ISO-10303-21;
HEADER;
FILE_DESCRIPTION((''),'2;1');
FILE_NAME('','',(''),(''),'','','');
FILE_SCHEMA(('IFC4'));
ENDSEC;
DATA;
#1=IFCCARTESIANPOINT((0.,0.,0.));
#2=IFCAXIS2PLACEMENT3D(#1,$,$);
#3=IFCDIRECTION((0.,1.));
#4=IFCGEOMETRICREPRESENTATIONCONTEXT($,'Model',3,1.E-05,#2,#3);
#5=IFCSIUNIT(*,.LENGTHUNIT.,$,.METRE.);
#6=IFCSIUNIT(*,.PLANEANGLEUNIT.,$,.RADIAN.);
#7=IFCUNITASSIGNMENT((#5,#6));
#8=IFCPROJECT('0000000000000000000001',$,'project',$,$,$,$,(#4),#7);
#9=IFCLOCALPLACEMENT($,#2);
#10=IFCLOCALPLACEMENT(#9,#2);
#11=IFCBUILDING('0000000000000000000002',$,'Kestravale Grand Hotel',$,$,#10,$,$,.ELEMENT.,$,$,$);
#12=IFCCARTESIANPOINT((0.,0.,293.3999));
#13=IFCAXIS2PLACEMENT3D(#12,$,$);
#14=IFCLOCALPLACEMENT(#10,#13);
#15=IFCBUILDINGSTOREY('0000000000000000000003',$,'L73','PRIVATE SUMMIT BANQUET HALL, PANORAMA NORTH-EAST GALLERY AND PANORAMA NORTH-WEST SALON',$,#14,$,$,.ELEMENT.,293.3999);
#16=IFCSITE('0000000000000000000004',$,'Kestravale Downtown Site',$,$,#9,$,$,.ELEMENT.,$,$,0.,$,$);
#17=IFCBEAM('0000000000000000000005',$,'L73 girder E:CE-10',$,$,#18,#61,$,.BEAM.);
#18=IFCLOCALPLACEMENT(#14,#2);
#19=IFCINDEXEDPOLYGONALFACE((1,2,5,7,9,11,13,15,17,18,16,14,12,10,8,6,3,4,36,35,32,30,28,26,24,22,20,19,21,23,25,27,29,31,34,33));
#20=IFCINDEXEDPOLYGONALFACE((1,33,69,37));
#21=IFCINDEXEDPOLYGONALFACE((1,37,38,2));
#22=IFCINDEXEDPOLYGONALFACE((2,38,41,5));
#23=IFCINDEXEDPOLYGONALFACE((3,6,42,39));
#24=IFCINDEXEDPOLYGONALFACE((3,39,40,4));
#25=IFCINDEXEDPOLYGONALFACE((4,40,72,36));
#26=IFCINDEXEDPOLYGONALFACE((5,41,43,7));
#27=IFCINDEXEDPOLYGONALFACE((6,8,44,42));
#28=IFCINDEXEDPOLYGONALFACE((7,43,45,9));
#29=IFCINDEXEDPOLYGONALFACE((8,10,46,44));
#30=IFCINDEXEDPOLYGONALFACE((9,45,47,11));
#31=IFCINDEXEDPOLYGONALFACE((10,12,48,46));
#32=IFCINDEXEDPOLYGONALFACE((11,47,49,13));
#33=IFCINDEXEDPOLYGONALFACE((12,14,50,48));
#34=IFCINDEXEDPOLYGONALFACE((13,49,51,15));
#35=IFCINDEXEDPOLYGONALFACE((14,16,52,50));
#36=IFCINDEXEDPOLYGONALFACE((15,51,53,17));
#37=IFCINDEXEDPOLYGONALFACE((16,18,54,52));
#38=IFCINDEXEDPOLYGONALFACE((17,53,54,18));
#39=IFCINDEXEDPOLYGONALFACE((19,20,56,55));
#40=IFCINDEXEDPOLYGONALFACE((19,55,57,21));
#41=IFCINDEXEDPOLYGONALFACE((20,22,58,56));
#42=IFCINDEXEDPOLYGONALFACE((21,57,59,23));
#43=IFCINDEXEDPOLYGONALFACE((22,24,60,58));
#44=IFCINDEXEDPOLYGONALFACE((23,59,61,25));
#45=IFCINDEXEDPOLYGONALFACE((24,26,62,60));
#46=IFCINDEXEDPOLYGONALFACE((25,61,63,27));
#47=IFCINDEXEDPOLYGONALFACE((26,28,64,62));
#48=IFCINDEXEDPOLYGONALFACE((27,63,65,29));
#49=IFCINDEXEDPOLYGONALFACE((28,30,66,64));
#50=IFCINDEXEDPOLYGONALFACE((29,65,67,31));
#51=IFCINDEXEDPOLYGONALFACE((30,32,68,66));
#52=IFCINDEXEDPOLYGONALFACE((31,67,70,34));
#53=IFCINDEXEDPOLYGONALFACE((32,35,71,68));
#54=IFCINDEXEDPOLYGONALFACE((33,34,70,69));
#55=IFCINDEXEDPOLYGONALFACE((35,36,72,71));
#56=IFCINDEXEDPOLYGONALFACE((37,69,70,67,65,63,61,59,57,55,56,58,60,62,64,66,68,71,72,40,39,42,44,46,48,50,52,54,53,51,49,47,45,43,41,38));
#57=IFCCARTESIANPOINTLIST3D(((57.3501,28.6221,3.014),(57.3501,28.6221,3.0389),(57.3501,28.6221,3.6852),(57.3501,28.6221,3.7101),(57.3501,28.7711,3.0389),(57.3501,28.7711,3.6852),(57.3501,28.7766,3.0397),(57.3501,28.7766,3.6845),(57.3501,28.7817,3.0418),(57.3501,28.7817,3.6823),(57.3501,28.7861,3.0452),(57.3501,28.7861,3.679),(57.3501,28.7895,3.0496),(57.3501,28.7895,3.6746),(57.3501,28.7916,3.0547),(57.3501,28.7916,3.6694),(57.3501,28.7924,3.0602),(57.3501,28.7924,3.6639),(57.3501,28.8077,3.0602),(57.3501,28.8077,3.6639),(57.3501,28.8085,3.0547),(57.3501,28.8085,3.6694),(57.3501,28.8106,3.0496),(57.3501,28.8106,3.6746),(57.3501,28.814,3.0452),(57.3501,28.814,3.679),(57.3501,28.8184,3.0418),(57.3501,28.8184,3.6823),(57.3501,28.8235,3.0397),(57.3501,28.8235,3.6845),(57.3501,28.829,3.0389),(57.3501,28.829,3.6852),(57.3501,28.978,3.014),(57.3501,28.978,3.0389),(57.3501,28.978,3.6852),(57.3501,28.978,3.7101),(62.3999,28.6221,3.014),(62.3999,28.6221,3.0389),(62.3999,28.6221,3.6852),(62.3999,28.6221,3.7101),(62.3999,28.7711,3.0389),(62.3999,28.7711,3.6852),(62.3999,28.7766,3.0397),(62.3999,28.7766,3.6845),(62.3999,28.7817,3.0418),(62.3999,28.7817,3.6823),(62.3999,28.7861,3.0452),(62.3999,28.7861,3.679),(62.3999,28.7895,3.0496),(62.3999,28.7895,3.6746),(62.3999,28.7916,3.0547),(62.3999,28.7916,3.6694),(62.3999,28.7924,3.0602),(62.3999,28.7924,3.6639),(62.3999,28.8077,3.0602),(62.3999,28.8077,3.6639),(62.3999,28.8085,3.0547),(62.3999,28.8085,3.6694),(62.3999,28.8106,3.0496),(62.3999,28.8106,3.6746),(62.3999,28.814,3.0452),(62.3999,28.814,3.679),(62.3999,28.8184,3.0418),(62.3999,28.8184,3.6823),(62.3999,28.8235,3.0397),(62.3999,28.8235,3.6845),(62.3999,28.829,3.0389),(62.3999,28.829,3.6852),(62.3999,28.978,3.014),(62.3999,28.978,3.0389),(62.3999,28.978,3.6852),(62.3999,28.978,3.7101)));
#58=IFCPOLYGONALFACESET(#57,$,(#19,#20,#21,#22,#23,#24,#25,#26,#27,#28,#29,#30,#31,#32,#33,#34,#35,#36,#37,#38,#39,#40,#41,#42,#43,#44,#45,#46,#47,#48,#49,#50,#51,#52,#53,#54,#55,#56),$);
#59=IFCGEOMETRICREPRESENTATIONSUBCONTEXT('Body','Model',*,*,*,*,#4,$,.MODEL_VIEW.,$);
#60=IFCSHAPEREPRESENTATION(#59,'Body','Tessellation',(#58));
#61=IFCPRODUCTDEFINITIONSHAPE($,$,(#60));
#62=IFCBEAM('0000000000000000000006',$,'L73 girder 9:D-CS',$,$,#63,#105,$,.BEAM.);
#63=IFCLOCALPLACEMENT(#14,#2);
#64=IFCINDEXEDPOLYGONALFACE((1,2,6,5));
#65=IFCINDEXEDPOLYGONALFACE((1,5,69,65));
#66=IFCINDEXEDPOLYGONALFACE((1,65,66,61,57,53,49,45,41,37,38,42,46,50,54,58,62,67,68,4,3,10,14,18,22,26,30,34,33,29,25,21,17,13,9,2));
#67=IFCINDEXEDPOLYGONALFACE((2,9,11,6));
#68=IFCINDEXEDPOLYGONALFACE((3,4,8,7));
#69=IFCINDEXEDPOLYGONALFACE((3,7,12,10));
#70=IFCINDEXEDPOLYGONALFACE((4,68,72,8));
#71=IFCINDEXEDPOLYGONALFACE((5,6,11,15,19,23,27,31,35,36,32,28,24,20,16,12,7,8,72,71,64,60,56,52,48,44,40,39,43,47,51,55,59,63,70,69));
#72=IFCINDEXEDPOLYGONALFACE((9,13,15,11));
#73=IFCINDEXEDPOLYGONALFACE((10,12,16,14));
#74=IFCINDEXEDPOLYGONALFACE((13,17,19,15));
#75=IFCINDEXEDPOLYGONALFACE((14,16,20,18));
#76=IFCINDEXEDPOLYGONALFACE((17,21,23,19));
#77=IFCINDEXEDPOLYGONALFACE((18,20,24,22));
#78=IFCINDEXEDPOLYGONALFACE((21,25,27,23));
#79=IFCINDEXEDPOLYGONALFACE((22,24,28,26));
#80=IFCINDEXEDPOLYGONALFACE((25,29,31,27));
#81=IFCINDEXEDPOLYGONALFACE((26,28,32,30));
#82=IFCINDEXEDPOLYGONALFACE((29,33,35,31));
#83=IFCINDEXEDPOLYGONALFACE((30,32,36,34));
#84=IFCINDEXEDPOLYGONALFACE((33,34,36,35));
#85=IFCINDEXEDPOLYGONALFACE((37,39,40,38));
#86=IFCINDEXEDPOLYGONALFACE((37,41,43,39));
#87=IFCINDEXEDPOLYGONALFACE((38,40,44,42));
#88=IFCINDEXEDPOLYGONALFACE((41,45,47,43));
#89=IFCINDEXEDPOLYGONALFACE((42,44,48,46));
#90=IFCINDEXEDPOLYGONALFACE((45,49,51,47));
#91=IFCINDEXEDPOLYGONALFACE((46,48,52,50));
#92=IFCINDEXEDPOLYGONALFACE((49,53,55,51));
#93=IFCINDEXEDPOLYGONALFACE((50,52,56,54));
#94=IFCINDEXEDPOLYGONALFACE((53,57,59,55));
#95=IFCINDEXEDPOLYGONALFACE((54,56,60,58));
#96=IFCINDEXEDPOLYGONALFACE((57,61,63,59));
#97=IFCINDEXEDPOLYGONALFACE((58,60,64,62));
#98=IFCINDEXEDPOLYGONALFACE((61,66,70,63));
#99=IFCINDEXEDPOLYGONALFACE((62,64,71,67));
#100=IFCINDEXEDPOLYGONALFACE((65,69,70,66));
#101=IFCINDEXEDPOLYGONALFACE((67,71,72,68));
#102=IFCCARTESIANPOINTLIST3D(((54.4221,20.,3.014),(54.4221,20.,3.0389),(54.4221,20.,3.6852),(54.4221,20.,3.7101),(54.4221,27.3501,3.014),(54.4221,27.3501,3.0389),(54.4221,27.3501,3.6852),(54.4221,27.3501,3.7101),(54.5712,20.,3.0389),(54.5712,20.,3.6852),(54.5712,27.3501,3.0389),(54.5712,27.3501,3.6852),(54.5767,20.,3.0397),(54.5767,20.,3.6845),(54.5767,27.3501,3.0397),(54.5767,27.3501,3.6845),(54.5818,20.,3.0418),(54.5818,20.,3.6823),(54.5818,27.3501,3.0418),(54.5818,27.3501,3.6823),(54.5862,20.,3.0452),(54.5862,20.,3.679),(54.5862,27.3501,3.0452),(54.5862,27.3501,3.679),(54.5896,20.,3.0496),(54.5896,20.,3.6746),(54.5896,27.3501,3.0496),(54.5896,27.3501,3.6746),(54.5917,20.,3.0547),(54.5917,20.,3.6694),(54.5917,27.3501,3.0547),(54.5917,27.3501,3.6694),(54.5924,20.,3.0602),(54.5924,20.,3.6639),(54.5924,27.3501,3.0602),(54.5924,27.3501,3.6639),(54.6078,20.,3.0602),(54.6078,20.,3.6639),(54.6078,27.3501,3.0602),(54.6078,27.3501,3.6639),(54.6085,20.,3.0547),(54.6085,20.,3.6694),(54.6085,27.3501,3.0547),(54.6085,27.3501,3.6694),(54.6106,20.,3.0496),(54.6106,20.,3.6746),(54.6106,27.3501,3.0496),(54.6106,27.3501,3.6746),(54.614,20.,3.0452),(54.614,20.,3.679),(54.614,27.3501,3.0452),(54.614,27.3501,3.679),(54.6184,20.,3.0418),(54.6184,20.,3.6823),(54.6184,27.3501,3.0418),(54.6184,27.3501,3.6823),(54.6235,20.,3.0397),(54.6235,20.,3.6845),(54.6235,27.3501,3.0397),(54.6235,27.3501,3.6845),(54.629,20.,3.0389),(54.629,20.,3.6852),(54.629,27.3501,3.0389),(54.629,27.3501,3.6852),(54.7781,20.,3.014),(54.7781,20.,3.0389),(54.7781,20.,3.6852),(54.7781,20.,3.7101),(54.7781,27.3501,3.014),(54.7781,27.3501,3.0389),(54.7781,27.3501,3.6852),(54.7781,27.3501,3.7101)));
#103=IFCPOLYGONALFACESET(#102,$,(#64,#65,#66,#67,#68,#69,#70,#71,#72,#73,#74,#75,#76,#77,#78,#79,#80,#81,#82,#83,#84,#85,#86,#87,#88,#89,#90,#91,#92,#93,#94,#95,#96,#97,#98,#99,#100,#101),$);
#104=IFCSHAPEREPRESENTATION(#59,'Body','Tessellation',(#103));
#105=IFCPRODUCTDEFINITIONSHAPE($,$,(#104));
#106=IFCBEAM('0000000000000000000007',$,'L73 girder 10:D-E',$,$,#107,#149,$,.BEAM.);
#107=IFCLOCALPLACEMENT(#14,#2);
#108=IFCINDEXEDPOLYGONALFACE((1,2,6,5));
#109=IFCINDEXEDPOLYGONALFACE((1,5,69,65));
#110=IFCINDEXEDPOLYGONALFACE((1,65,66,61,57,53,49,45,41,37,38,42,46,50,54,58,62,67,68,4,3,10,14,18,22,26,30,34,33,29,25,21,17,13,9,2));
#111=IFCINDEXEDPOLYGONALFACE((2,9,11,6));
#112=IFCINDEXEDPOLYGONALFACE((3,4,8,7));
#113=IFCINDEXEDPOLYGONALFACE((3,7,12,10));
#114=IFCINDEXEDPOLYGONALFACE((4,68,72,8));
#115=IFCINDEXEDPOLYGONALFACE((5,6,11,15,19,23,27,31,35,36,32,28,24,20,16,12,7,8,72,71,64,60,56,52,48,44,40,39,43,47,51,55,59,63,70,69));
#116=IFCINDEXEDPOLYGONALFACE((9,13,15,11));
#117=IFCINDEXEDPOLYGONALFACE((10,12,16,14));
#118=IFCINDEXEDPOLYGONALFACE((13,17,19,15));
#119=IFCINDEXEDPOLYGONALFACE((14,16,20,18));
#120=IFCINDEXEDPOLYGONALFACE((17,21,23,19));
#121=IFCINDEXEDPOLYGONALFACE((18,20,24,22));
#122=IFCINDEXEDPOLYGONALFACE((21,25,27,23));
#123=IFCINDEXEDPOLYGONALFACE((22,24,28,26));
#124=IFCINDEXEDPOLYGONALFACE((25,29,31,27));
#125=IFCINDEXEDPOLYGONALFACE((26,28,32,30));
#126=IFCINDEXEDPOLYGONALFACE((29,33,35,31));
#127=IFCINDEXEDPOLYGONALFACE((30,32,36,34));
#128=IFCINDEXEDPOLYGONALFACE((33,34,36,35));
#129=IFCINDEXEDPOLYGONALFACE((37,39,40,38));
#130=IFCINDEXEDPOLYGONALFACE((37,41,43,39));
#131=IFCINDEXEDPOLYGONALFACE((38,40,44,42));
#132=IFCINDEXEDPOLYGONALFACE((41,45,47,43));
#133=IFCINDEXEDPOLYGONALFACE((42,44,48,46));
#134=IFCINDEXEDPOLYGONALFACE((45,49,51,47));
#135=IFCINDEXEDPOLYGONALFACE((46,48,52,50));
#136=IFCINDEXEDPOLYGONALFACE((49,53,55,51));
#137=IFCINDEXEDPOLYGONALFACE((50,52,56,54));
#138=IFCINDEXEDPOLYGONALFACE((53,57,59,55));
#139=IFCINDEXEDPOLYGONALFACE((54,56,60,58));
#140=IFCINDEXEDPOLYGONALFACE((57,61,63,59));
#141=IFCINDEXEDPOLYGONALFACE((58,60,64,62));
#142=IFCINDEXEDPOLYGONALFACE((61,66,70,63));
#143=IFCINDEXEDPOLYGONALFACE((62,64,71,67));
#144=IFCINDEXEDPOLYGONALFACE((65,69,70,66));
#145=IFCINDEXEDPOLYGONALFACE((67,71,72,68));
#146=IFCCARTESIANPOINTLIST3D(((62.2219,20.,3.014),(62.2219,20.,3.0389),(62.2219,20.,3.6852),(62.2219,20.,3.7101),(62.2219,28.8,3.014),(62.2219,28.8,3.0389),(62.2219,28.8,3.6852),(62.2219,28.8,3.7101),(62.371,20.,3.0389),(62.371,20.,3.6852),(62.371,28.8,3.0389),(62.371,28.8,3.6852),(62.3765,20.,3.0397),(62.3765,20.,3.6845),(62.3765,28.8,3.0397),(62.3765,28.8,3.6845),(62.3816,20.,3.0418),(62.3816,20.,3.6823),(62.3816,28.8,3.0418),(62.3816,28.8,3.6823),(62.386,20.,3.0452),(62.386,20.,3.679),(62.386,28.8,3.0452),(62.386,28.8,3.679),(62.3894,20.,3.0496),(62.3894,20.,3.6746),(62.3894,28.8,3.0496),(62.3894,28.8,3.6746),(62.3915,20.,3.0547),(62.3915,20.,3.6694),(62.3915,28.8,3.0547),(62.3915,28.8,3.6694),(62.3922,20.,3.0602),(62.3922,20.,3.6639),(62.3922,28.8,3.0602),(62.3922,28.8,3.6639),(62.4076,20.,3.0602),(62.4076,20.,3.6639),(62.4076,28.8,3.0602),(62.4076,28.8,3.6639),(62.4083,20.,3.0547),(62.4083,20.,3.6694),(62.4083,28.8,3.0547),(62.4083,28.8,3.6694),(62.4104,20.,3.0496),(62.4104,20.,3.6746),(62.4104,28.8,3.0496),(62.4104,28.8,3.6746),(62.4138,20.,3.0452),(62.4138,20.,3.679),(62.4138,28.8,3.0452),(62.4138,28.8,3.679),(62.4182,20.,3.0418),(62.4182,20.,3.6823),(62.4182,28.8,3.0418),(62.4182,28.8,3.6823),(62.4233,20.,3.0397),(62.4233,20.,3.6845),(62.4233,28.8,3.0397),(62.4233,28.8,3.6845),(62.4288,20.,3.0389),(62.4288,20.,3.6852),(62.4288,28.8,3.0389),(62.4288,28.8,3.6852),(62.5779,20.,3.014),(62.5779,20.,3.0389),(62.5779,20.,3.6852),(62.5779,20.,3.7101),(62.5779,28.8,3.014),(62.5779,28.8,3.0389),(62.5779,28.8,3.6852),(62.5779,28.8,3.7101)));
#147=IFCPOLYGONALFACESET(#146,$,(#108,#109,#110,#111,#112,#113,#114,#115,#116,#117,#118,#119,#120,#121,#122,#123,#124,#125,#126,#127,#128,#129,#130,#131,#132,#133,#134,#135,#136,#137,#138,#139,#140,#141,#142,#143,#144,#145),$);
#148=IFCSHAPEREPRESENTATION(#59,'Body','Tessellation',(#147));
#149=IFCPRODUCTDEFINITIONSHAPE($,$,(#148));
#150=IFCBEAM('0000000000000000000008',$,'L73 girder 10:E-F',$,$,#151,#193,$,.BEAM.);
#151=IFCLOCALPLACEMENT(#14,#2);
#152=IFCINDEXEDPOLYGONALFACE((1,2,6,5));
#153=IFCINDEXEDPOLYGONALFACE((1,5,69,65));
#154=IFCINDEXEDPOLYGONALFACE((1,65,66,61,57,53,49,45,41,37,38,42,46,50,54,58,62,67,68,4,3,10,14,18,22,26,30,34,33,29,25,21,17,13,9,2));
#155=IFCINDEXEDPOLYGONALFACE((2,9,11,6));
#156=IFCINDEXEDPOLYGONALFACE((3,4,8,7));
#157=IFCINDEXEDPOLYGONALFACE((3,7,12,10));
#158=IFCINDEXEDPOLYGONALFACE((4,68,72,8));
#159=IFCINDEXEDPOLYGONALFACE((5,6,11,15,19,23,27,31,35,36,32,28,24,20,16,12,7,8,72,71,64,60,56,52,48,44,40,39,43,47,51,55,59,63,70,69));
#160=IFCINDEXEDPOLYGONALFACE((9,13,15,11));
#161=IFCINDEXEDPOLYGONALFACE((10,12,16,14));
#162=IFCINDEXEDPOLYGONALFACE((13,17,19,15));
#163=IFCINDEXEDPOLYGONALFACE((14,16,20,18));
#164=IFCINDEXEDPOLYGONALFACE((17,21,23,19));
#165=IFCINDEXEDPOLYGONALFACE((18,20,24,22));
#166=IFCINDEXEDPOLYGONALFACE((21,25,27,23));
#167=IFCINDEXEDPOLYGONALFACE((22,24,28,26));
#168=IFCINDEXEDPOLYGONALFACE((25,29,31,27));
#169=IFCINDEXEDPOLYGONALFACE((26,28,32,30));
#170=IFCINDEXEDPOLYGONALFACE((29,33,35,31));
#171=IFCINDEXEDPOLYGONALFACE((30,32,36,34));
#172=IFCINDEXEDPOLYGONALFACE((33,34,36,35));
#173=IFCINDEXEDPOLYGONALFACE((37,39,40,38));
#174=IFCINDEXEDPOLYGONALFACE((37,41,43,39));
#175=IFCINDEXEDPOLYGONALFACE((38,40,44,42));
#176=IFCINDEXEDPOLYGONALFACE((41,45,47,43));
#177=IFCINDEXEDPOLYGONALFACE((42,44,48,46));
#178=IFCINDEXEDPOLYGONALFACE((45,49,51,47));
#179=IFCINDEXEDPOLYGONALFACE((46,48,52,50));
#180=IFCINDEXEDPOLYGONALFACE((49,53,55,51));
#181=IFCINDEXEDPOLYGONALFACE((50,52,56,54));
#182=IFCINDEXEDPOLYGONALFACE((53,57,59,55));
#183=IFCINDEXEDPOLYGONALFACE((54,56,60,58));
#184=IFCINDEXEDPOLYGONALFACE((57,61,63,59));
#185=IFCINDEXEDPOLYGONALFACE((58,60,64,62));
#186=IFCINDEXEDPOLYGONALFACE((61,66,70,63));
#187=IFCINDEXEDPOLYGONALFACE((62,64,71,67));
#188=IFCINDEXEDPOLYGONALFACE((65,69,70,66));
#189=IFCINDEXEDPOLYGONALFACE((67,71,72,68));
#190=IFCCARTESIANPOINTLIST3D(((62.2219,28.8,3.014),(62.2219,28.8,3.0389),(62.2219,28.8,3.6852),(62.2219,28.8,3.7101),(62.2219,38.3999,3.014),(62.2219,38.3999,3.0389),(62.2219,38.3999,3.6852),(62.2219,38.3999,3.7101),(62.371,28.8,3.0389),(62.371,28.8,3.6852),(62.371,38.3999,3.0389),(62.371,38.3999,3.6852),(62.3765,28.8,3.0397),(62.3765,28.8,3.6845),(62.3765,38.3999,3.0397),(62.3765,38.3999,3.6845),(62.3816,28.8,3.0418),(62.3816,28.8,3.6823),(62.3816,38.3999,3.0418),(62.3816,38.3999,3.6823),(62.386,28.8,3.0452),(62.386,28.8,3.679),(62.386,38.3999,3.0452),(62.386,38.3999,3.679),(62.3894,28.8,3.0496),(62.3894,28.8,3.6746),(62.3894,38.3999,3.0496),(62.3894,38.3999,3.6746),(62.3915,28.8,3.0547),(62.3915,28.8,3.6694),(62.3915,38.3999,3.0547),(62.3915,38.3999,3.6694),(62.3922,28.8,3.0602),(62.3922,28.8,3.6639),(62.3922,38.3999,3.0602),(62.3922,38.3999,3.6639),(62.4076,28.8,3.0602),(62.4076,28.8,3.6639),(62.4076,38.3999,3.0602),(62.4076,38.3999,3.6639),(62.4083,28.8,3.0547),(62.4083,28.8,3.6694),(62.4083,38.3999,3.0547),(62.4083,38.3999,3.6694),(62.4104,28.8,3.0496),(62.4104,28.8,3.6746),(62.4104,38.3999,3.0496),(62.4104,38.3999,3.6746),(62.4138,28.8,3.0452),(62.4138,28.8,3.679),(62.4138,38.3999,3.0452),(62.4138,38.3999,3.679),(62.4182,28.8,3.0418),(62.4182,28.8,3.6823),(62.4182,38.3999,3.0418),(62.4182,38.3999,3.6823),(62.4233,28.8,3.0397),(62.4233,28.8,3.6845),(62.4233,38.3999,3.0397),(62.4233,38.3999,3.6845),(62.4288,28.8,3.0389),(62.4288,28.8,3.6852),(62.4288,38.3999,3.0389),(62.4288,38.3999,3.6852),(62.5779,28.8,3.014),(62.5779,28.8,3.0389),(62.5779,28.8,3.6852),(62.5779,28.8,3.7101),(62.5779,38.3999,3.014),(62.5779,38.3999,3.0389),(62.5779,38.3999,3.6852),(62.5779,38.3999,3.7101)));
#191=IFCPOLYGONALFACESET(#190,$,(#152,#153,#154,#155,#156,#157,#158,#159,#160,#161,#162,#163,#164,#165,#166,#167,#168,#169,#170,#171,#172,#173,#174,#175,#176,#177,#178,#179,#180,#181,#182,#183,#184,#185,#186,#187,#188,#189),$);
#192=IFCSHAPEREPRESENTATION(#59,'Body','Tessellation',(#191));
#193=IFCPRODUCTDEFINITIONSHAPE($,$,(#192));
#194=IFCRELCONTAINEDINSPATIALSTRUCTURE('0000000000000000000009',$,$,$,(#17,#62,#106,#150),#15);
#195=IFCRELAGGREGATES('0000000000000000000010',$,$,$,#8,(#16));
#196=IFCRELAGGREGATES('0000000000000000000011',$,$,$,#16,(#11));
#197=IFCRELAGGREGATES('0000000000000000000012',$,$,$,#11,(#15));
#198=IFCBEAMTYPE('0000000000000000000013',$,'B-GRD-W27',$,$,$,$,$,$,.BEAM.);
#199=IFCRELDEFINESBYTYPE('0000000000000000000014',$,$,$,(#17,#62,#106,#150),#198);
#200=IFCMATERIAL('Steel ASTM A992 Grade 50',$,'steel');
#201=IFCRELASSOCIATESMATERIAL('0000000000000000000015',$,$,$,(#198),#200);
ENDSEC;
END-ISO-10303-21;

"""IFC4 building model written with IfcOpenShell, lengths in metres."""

from ifc_helpers import new_model, si_unit, direction, frame, origin, origin_2d, place, context, subcontext, project, spatial, i_section, extrude, material, material_profile, profile_set, type_object, element, save


model = new_model("IFC4")

# Units and contexts
model_context = context("Model", 3, precision=1e-05, world=origin(), true_north=direction((0.0, 1.0)))
body_context = subcontext(model_context, "Body", "Model", "MODEL_VIEW")
ifc_project = project(units=[si_unit("LENGTHUNIT", "METRE"), si_unit("PLANEANGLEUNIT", "RADIAN")], contexts=[model_context])

# Site, building, storey
site_placement = place(None, origin())
site = spatial("IfcSite", under=ifc_project, at=site_placement, Name="Kestravale Downtown Site", CompositionType="ELEMENT", RefElevation=0.0)
building_placement = place(site_placement, origin())
building = spatial("IfcBuilding", under=site, at=building_placement, Name="Kestravale Grand Hotel", CompositionType="ELEMENT")
storey_placement = place(building_placement, frame((0.0, 0.0, 293.3999)))
storey = spatial("IfcBuildingStorey", under=building, at=storey_placement, Name="L73", Description="PRIVATE SUMMIT BANQUET HALL, PANORAMA NORTH-EAST GALLERY AND PANORAMA NORTH-WEST SALON", CompositionType="ELEMENT", Elevation=293.3999)

# Beams
ifc_material_1 = material(Name="Steel ASTM A992 Grade 50", Category="steel")
ifc_material_profile_1 = material_profile(ifc_material_1, i_section(OverallWidth=0.356, OverallDepth=0.696, WebThickness=0.0154, FlangeThickness=0.0249, FilletRadius=0.0212, at=origin_2d()))
ifc_profile_set_1 = profile_set([ifc_material_profile_1], Name="Steel ASTM A992 Grade 50")
beam_type = type_object("IfcBeamType", Name="B-GRD-W27", PredefinedType="BEAM", material=ifc_profile_set_1)
beam_1_placement = place(storey_placement, frame((57.3501, 28.8, 3.3621), z_axis=(1.0, 0.0, 0.0), x_axis=(0.0, 1.0, 0.0)))
element("IfcBeam", 1, at=beam_1_placement, inside=storey, type_object=beam_type, Name="L73 girder E:CE-10", PredefinedType="BEAM", context=body_context, shape_type="SweptSolid", body=[
    extrude(i_section(OverallWidth=0.356, OverallDepth=0.696, WebThickness=0.0154, FlangeThickness=0.0249, FilletRadius=0.0212, at=origin_2d()), origin(), (0.0, 0.0, 1.0), 5.0498),
])
beam_2_placement = place(storey_placement, frame((54.6001, 20.0, 3.3621), z_axis=(0.0, 1.0, 0.0), x_axis=(-1.0, 0.0, 0.0)))
element("IfcBeam", 2, at=beam_2_placement, inside=storey, type_object=beam_type, Name="L73 girder 9:D-CS", PredefinedType="BEAM", context=body_context, shape_type="SweptSolid", body=[
    extrude(i_section(OverallWidth=0.356, OverallDepth=0.696, WebThickness=0.0154, FlangeThickness=0.0249, FilletRadius=0.0212, at=origin_2d()), origin(), (0.0, 0.0, 1.0), 7.3501),
])
beam_3_placement = place(storey_placement, frame((62.3999, 20.0, 3.3621), z_axis=(0.0, 1.0, 0.0), x_axis=(-1.0, 0.0, 0.0)))
element("IfcBeam", 3, at=beam_3_placement, inside=storey, type_object=beam_type, Name="L73 girder 10:D-E", PredefinedType="BEAM", context=body_context, shape_type="SweptSolid", body=[
    extrude(i_section(OverallWidth=0.356, OverallDepth=0.696, WebThickness=0.0154, FlangeThickness=0.0249, FilletRadius=0.0212, at=origin_2d()), origin(), (0.0, 0.0, 1.0), 8.8),
])
beam_4_placement = place(storey_placement, frame((62.3999, 28.8, 3.3621), z_axis=(0.0, 1.0, 0.0), x_axis=(-1.0, 0.0, 0.0)))
element("IfcBeam", 4, at=beam_4_placement, inside=storey, type_object=beam_type, Name="L73 girder 10:E-F", PredefinedType="BEAM", context=body_context, shape_type="SweptSolid", body=[
    extrude(i_section(OverallWidth=0.356, OverallDepth=0.696, WebThickness=0.0154, FlangeThickness=0.0249, FilletRadius=0.0212, at=origin_2d()), origin(), (0.0, 0.0, 1.0), 9.5999),
])

save(model, "model.ifc")
